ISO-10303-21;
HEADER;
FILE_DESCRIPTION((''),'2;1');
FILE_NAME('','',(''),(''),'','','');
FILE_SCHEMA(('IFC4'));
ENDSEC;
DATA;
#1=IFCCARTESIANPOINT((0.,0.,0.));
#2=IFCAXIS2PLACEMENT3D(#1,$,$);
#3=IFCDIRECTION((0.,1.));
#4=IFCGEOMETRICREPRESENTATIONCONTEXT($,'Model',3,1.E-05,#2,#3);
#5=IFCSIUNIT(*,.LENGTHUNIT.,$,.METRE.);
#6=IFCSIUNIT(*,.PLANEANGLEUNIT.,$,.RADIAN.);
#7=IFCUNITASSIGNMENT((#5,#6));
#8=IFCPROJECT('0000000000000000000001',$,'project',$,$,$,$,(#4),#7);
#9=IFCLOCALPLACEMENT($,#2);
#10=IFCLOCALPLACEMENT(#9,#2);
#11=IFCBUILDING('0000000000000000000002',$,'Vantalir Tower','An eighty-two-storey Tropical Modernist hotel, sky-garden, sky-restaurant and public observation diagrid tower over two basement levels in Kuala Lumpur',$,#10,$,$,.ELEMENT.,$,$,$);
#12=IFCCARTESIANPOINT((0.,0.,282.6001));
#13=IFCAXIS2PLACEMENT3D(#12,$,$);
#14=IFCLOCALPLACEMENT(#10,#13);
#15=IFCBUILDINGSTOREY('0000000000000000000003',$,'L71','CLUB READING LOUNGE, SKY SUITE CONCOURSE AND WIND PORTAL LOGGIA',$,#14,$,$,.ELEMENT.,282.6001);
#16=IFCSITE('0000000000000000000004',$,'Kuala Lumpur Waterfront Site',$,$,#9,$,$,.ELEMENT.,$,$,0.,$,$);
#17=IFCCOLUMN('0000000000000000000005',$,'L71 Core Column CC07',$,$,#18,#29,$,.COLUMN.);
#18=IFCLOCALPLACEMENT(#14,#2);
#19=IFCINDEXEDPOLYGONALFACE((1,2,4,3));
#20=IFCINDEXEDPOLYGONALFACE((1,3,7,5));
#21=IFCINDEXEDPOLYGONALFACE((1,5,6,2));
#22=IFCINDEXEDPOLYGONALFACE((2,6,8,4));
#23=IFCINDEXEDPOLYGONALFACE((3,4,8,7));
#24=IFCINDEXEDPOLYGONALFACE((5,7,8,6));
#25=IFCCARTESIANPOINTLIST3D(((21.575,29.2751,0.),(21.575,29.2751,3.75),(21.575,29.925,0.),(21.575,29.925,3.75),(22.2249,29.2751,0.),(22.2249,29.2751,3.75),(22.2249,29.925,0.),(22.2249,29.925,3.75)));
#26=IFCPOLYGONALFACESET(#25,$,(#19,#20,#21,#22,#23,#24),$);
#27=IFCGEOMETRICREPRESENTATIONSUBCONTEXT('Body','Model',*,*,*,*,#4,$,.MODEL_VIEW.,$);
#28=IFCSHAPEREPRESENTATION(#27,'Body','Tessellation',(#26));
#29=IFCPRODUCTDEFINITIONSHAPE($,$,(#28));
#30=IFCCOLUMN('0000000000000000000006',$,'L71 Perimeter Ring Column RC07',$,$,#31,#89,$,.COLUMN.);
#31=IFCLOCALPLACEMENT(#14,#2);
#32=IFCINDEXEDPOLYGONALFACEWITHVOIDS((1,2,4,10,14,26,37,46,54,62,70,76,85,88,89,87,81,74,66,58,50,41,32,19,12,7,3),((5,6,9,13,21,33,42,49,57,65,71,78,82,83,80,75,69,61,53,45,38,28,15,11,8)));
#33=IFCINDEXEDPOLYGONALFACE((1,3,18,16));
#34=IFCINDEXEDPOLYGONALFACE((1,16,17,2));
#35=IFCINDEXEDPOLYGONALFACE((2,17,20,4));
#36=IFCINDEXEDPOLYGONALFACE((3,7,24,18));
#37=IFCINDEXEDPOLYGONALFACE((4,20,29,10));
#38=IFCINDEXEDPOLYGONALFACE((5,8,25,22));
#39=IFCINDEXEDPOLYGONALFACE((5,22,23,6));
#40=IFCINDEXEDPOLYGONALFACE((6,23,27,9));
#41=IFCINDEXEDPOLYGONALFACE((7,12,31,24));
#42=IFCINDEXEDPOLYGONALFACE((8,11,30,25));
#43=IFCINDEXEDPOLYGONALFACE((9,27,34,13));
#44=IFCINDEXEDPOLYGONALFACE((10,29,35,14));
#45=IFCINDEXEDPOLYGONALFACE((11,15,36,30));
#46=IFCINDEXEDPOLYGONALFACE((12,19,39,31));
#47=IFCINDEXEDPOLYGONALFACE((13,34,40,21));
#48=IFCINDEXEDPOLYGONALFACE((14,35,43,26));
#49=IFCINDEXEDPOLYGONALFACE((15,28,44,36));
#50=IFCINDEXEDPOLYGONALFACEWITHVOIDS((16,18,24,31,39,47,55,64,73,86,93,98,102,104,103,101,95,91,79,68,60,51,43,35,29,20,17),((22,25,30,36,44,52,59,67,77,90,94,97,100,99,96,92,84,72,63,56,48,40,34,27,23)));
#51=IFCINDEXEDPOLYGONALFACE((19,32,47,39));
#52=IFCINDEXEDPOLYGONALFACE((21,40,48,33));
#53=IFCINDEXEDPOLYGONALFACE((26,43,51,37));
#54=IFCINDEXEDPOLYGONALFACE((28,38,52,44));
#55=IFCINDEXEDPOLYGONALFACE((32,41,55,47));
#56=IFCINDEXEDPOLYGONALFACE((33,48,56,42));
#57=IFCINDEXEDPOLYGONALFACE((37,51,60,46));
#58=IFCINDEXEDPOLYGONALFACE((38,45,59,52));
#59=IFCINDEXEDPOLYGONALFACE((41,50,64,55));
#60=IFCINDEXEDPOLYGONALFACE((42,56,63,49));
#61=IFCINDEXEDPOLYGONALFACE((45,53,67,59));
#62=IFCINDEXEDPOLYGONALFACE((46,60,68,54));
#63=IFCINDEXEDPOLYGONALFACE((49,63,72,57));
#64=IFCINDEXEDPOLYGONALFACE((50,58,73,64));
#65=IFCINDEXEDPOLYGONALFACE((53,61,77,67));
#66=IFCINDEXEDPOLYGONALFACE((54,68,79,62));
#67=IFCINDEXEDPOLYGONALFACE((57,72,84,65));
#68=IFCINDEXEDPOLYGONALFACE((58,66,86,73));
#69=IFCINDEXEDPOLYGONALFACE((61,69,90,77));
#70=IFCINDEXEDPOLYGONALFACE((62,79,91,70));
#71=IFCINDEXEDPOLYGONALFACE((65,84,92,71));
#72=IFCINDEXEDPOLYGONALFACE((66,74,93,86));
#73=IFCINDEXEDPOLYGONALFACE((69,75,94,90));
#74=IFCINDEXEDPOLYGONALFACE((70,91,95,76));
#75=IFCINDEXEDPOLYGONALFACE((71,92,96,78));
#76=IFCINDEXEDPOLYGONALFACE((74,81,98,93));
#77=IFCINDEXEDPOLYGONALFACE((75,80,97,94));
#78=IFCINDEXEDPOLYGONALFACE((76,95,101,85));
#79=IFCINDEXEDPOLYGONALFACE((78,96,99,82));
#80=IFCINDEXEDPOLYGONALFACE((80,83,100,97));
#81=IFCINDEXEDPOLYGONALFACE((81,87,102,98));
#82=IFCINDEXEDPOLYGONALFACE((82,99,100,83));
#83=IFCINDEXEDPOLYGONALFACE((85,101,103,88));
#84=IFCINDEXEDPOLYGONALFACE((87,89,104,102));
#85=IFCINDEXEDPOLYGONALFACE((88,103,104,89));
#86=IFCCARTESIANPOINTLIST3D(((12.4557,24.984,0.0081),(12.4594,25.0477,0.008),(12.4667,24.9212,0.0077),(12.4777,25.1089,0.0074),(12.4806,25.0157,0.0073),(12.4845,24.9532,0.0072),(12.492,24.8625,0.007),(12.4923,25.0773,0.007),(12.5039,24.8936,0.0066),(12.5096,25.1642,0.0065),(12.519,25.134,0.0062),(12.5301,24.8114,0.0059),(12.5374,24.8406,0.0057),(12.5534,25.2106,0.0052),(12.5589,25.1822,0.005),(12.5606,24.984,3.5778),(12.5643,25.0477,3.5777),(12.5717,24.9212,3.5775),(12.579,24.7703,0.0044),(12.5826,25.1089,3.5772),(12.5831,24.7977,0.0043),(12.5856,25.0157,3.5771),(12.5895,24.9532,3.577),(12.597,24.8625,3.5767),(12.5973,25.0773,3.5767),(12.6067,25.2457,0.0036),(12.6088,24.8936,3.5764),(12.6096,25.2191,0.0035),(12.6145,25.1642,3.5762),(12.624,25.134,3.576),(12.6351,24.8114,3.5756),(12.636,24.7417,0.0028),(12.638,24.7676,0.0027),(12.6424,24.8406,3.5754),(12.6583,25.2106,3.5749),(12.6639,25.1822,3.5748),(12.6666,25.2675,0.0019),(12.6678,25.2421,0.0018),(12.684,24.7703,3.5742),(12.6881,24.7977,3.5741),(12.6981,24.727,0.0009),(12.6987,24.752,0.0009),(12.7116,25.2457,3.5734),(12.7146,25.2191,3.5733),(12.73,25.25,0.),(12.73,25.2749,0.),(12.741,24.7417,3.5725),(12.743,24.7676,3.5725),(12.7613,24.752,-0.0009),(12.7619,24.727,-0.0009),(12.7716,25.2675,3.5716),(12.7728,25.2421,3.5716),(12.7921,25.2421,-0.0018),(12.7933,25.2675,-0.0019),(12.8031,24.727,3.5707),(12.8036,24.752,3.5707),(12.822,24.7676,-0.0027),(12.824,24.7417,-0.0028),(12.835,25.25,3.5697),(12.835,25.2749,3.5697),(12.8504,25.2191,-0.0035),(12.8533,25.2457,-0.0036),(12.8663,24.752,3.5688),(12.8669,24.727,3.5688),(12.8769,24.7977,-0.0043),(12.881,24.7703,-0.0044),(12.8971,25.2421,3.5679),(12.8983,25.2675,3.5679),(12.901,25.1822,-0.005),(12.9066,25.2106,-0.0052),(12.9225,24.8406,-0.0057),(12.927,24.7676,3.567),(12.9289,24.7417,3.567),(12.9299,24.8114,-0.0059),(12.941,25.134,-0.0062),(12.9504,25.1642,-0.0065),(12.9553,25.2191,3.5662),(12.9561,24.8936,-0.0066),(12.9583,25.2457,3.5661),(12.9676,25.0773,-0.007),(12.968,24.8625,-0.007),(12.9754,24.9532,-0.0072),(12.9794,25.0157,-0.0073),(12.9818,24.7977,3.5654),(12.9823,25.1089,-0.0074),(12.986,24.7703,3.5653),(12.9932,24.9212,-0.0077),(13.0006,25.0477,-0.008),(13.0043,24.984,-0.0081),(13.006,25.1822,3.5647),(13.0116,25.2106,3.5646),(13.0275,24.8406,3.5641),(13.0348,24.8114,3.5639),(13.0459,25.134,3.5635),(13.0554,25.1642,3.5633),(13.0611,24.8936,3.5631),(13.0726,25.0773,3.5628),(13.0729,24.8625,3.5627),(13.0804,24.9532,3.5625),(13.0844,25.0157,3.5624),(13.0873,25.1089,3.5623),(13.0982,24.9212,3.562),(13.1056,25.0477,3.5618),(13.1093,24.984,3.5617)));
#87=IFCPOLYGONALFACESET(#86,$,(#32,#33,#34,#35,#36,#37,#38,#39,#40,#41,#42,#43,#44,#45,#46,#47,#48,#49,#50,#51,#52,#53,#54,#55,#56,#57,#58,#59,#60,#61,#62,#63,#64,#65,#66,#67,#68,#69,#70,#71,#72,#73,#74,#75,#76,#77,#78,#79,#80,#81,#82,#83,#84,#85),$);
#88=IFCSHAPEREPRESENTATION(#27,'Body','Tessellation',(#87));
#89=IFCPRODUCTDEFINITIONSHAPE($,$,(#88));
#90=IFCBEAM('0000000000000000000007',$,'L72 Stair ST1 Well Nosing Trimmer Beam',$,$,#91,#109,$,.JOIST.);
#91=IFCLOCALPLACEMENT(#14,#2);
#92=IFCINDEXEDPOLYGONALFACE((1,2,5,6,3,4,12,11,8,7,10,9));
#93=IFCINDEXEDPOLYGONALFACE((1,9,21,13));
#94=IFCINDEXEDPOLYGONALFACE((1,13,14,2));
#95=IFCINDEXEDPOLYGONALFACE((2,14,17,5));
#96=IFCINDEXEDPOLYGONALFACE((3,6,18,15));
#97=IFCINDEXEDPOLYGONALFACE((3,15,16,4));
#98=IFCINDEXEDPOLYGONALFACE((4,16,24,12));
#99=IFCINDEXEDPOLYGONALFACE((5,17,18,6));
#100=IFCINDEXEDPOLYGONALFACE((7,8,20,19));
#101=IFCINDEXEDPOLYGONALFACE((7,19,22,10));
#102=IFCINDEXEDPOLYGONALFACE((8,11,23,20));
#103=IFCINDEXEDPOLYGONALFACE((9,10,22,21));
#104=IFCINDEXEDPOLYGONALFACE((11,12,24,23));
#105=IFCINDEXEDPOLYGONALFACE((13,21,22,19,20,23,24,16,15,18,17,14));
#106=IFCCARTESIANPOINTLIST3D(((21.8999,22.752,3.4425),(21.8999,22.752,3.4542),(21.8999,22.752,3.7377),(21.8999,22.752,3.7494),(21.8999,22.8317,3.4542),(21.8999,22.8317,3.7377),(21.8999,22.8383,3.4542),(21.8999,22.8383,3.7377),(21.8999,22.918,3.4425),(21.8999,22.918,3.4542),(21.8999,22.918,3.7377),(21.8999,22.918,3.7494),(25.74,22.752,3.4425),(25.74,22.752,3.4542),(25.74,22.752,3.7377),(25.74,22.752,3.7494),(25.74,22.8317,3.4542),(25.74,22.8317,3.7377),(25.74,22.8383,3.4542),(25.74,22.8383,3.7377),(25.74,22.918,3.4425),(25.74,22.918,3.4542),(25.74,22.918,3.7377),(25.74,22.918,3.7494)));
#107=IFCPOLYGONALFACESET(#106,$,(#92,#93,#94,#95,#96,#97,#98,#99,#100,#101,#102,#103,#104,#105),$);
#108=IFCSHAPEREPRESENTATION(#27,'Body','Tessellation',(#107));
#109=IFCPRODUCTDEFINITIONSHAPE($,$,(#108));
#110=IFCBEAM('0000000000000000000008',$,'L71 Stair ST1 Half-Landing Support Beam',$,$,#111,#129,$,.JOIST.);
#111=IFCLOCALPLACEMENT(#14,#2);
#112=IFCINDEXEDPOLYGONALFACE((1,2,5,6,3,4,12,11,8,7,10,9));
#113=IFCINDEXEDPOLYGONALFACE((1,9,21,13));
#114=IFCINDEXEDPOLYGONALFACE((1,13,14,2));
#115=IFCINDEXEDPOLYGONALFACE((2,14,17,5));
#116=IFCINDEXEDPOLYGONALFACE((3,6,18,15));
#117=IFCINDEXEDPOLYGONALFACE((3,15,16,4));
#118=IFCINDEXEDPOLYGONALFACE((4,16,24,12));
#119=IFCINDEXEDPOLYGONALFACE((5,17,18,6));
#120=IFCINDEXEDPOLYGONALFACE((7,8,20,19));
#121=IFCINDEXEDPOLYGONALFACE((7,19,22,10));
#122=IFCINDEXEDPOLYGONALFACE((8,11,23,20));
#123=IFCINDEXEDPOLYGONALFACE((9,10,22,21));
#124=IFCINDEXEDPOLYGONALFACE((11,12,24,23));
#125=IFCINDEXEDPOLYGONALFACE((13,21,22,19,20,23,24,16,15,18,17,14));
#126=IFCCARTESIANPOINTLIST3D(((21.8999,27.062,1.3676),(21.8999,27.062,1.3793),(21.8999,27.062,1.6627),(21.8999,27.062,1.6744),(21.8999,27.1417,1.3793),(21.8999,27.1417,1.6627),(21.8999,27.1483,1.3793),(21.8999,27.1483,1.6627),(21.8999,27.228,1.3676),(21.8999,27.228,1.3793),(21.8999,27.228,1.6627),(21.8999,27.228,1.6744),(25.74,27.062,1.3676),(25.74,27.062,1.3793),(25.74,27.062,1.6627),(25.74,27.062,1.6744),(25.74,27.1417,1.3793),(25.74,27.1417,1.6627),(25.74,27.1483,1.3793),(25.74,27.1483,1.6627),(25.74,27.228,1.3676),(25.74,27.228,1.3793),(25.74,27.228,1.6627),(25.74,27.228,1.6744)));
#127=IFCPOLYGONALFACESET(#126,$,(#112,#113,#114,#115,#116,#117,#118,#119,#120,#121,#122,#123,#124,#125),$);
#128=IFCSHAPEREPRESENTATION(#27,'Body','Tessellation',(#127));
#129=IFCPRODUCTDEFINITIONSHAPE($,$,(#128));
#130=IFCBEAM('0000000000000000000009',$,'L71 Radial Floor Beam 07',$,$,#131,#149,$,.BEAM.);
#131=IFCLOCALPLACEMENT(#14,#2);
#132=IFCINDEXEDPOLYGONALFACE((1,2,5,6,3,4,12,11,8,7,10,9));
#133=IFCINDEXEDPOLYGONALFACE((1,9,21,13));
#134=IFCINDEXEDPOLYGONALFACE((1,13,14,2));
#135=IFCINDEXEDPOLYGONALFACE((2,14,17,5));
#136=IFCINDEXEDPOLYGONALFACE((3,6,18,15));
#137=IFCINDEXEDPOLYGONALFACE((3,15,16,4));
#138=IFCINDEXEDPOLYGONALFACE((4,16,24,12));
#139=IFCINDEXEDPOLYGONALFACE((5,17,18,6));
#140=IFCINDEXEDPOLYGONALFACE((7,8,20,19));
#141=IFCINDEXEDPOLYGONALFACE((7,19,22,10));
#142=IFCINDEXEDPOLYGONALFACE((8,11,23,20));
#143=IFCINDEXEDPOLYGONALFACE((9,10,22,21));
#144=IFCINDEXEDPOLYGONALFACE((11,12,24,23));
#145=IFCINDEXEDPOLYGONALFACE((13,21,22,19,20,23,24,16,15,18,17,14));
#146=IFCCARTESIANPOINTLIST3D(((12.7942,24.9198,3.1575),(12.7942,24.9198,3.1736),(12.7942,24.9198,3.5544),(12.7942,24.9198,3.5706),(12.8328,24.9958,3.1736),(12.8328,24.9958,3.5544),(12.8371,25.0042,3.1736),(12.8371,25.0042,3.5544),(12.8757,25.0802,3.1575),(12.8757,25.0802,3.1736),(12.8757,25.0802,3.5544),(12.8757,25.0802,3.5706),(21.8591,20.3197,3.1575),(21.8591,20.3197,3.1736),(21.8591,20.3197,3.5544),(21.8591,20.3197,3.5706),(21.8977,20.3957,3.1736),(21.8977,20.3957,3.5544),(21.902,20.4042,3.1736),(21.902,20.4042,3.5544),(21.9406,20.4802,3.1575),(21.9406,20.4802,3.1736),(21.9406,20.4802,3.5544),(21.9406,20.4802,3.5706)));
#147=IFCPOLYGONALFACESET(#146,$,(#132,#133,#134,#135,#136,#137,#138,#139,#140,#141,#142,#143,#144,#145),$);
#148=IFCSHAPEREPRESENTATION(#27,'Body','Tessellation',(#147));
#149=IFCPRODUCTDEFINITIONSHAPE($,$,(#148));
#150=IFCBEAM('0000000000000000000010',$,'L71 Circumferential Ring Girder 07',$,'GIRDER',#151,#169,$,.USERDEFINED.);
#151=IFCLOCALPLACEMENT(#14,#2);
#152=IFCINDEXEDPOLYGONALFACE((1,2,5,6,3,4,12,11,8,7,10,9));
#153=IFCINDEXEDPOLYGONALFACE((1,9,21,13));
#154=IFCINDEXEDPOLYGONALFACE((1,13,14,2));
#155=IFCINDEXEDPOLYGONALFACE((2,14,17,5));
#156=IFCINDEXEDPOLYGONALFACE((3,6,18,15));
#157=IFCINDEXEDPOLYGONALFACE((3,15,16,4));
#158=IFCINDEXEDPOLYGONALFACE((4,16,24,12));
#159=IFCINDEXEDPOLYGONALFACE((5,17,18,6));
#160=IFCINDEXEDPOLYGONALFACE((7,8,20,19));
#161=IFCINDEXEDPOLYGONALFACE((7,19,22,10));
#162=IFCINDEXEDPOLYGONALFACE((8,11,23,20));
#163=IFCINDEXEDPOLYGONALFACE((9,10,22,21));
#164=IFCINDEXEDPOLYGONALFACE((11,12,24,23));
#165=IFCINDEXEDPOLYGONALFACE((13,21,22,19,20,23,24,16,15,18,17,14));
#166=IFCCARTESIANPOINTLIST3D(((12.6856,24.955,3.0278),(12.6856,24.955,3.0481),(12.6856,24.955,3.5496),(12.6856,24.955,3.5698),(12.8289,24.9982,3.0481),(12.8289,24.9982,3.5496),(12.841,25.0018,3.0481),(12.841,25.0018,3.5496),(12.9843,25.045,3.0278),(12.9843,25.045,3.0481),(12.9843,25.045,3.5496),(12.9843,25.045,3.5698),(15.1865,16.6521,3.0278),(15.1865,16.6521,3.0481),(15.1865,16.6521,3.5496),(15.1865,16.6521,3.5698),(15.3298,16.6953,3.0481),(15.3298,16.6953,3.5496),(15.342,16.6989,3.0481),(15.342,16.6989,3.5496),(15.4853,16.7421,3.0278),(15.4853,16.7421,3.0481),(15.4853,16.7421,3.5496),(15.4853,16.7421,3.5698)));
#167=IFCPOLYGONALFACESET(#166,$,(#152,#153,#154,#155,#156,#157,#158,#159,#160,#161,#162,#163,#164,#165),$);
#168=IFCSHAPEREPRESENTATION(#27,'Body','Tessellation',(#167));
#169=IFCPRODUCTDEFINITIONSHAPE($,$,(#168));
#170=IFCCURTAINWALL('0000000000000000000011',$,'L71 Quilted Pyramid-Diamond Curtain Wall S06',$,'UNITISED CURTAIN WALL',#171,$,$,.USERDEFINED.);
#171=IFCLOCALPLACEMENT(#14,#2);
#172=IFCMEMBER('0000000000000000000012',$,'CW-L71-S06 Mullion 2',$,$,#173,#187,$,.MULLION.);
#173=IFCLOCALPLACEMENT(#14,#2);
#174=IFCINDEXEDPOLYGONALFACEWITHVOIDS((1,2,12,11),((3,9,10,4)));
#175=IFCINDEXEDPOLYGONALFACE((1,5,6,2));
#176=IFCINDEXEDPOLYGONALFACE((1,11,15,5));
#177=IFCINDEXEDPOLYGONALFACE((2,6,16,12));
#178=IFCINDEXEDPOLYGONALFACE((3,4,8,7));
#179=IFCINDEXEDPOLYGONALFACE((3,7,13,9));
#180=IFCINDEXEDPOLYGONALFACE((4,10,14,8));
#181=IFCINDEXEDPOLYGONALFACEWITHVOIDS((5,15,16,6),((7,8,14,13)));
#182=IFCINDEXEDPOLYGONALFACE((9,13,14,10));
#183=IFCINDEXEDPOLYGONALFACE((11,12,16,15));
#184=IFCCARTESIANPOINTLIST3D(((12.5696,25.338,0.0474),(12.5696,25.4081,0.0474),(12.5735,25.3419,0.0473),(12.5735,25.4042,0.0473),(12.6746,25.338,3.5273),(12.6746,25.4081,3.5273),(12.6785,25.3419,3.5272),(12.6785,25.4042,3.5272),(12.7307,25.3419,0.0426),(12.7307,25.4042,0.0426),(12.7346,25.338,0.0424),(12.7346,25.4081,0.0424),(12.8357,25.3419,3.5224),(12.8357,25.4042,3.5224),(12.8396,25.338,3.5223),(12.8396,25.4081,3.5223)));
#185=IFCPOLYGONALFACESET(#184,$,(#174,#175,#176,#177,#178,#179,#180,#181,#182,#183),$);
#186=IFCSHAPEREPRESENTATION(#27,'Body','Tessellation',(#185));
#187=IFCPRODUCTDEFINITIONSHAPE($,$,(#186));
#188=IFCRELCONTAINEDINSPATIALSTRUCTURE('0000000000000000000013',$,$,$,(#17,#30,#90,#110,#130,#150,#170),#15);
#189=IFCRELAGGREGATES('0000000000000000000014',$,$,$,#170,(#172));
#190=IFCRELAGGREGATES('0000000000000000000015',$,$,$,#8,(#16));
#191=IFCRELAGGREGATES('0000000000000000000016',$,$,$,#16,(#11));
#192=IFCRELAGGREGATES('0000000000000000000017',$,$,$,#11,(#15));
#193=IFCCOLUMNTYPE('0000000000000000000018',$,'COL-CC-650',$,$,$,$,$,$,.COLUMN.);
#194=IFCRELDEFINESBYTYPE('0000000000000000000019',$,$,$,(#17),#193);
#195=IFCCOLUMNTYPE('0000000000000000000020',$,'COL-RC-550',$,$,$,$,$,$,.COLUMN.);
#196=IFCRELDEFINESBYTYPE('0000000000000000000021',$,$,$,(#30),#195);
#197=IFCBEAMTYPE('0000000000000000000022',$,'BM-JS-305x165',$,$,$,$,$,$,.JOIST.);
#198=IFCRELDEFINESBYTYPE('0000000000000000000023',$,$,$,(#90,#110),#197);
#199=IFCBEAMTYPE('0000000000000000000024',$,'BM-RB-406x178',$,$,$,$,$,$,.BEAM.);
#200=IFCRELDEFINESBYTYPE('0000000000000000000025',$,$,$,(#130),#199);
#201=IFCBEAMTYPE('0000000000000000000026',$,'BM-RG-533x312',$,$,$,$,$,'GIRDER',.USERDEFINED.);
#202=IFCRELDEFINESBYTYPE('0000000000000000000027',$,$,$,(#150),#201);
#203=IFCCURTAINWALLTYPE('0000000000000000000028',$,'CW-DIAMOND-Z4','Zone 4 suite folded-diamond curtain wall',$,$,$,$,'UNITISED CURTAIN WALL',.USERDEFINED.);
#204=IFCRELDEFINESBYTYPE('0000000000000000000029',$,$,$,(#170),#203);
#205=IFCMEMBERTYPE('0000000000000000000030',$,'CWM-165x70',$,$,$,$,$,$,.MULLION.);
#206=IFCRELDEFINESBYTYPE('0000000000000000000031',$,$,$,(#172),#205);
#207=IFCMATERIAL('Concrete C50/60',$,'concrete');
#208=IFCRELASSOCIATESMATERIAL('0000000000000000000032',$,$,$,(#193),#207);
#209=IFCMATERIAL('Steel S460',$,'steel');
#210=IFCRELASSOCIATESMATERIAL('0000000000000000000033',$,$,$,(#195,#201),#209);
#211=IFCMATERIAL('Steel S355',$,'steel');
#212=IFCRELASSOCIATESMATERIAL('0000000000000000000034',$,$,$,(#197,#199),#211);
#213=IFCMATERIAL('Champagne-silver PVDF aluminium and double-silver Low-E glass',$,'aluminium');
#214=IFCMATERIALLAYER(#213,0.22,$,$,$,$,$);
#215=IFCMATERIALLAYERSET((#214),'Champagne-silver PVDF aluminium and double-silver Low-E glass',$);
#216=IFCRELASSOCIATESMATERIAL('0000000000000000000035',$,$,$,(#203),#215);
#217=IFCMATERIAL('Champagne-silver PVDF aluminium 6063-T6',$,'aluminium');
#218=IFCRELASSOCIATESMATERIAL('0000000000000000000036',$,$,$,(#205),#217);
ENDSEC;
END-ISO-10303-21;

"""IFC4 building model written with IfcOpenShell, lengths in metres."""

from ifc_helpers import new_model, si_unit, direction, frame, origin, origin_2d, place, context, subcontext, project, spatial, rectangle, hollow_rectangle, hollow_circle, i_section, extrude, material, layer, layer_set, material_profile, profile_set, type_object, element, aggregate, save


model = new_model("IFC4")

# Units and contexts
model_context = context("Model", 3, precision=1e-05, world=origin(), true_north=direction((0.0, 1.0)))
body_context = subcontext(model_context, "Body", "Model", "MODEL_VIEW")
ifc_project = project(units=[si_unit("LENGTHUNIT", "METRE"), si_unit("PLANEANGLEUNIT", "RADIAN")], contexts=[model_context])

# Site, building, storey
site_placement = place(None, origin())
site = spatial("IfcSite", under=ifc_project, at=site_placement, Name="Kuala Lumpur Waterfront Site", CompositionType="ELEMENT", RefElevation=0.0)
building_placement = place(site_placement, origin())
building = spatial("IfcBuilding", under=site, at=building_placement, Name="Vantalir Tower", Description="An eighty-two-storey Tropical Modernist hotel, sky-garden, sky-restaurant and public observation diagrid tower over two basement levels in Kuala Lumpur", CompositionType="ELEMENT")
storey_placement = place(building_placement, frame((0.0, 0.0, 282.6001)))
storey = spatial("IfcBuildingStorey", under=building, at=storey_placement, Name="L71", Description="CLUB READING LOUNGE, SKY SUITE CONCOURSE AND WIND PORTAL LOGGIA", CompositionType="ELEMENT", Elevation=282.6001)

# Columns
ifc_material_1 = material(Name="Concrete C50/60", Category="concrete")
ifc_material_profile_1 = material_profile(ifc_material_1, rectangle(XDim=0.6499, YDim=0.6499, at=origin_2d()), Name="Concrete C50/60")
ifc_profile_set_1 = profile_set([ifc_material_profile_1], Name="Concrete C50/60")
column_type_1 = type_object("IfcColumnType", Name="COL-CC-650", PredefinedType="COLUMN", material=ifc_profile_set_1)
column_1_placement = place(storey_placement, frame((21.8999, 29.6001, 0.0), z_axis=(0.0, 0.0, 1.0), x_axis=(1.0, 0.0, 0.0)))
element("IfcColumn", 1, at=column_1_placement, inside=storey, type_object=column_type_1, Name="L71 Core Column CC07", PredefinedType="COLUMN", context=body_context, shape_type="SweptSolid", body=[
    extrude(rectangle(XDim=0.6499, YDim=0.6499, at=origin_2d()), origin(), (0.0, 0.0, 1.0), 3.75),
])
ifc_material_2 = material(Name="Steel S460", Category="steel")
ifc_material_profile_2 = material_profile(ifc_material_2, hollow_circle(Radius=0.2749, WallThickness=0.0249, at=origin_2d()), Name="Steel S460")
ifc_profile_set_2 = profile_set([ifc_material_profile_2], Name="Steel S460")
column_type_2 = type_object("IfcColumnType", Name="COL-RC-550", PredefinedType="COLUMN", material=ifc_profile_set_2)
column_2_placement = place(storey_placement, frame((12.73, 25.0, 0.0), z_axis=(0.029395, 0.0, 0.999568), x_axis=(0.0, 1.0, 0.0)))
element("IfcColumn", 2, at=column_2_placement, inside=storey, type_object=column_type_2, Name="L71 Perimeter Ring Column RC07", PredefinedType="COLUMN", context=body_context, shape_type="SweptSolid", body=[
    extrude(hollow_circle(Radius=0.2749, WallThickness=0.0249, at=origin_2d()), origin(), (0.0, 0.0, 1.0), 3.5713),
])

# Beams
ifc_material_3 = material(Name="Steel S355", Category="steel")
ifc_material_profile_3 = material_profile(ifc_material_3, i_section(OverallWidth=0.166, OverallDepth=0.3069, WebThickness=0.0066, FlangeThickness=0.0117, at=origin_2d()), Name="Steel S355")
ifc_profile_set_3 = profile_set([ifc_material_profile_3], Name="Steel S355")
beam_type_1 = type_object("IfcBeamType", Name="BM-JS-305x165", PredefinedType="JOIST", material=ifc_profile_set_3)
for number, where, z_axis, x_axis, name in (
    (3, (21.8999, 22.835, 3.5959), (1.0, 0.0, 0.0), (0.0, 1.0, 0.0), "L72 Stair ST1 Well Nosing Trimmer Beam"),
    (4, (21.8999, 27.145, 1.521), (1.0, 0.0, 0.0), (0.0, 1.0, 0.0), "L71 Stair ST1 Half-Landing Support Beam"),
):
    element("IfcBeam", number, at=place(storey_placement, frame(where, z_axis=z_axis, x_axis=x_axis)), inside=storey, type_object=beam_type_1, Name=name, PredefinedType="JOIST", context=body_context, shape_type="SweptSolid", body=[
        extrude(i_section(OverallWidth=0.166, OverallDepth=0.3069, WebThickness=0.0066, FlangeThickness=0.0117, at=origin_2d()), origin(), (0.0, 0.0, 1.0), 3.8401),
    ])
ifc_material_profile_4 = material_profile(ifc_material_3, i_section(OverallWidth=0.1799, OverallDepth=0.4131, WebThickness=0.0095, FlangeThickness=0.0161, at=origin_2d()), Name="Steel S355")
ifc_profile_set_4 = profile_set([ifc_material_profile_4], Name="Steel S355")
beam_type_2 = type_object("IfcBeamType", Name="BM-RB-406x178", PredefinedType="BEAM", material=ifc_profile_set_4)
beam_1_placement = place(storey_placement, frame((12.835, 25.0, 3.364), z_axis=(0.89175, -0.452528, 0.0), x_axis=(0.452528, 0.89175, 0.0)))
element("IfcBeam", 5, at=beam_1_placement, inside=storey, type_object=beam_type_2, Name="L71 Radial Floor Beam 07", PredefinedType="BEAM", context=body_context, shape_type="SweptSolid", body=[
    extrude(i_section(OverallWidth=0.1799, OverallDepth=0.4131, WebThickness=0.0095, FlangeThickness=0.0161, at=origin_2d()), origin(), (0.0, 0.0, 1.0), 10.1653),
])
ifc_material_profile_5 = material_profile(ifc_material_2, i_section(OverallWidth=0.312, OverallDepth=0.542, WebThickness=0.0127, FlangeThickness=0.0203, at=origin_2d()), Name="Steel S460")
ifc_profile_set_5 = profile_set([ifc_material_profile_5], Name="Steel S460")
beam_type_3 = type_object("IfcBeamType", Name="BM-RG-533x312", ElementType="GIRDER", PredefinedType="USERDEFINED", material=ifc_profile_set_5)
beam_2_placement = place(storey_placement, frame((12.835, 25.0, 3.2988), z_axis=(0.288414, -0.957506, 0.0), x_axis=(0.957506, 0.288414, 0.0)))
element("IfcBeam", 6, at=beam_2_placement, inside=storey, type_object=beam_type_3, Name="L71 Circumferential Ring Girder 07", ObjectType="GIRDER", PredefinedType="USERDEFINED", context=body_context, shape_type="SweptSolid", body=[
    extrude(i_section(OverallWidth=0.312, OverallDepth=0.542, WebThickness=0.0127, FlangeThickness=0.0203, at=origin_2d()), origin(), (0.0, 0.0, 1.0), 8.6714),
])

# Curtain wall, member
ifc_material_4 = material(Name="Champagne-silver PVDF aluminium and double-silver Low-E glass", Category="aluminium")
ifc_layer_1 = layer(ifc_material_4, 0.22)
ifc_layer_set_1 = layer_set([ifc_layer_1], Name="Champagne-silver PVDF aluminium and double-silver Low-E glass")
curtain_wall_type = type_object("IfcCurtainWallType", Name="CW-DIAMOND-Z4", Description="Zone 4 suite folded-diamond curtain wall", ElementType="UNITISED CURTAIN WALL", PredefinedType="USERDEFINED", material=ifc_layer_set_1)
curtain_wall_1_placement = place(storey_placement, origin())
curtain_wall_1 = element("IfcCurtainWall", 7, at=curtain_wall_1_placement, inside=storey, type_object=curtain_wall_type, Name="L71 Quilted Pyramid-Diamond Curtain Wall S06", ObjectType="UNITISED CURTAIN WALL", PredefinedType="USERDEFINED")
ifc_material_5 = material(Name="Champagne-silver PVDF aluminium 6063-T6", Category="aluminium")
ifc_material_profile_6 = material_profile(ifc_material_5, hollow_rectangle(XDim=0.0701, YDim=0.165, WallThickness=0.0039, at=origin_2d()), Name="Champagne-silver PVDF aluminium 6063-T6")
ifc_profile_set_6 = profile_set([ifc_material_profile_6], Name="Champagne-silver PVDF aluminium 6063-T6")
member_type_1 = type_object("IfcMemberType", Name="CWM-165x70", PredefinedType="MULLION", material=ifc_profile_set_6)
member_1_placement = place(storey_placement, frame((12.6521, 25.373, 0.0449), z_axis=(0.030153, 0.0, 0.999545), x_axis=(0.0, 1.0, 0.0)))
member_1 = element("IfcMember", 8, at=member_1_placement, type_object=member_type_1, Name="CW-L71-S06 Mullion 2", PredefinedType="MULLION", context=body_context, shape_type="SweptSolid", body=[
    extrude(hollow_rectangle(XDim=0.0701, YDim=0.165, WallThickness=0.0039, at=origin_2d()), origin(), (0.0, 0.0, 1.0), 3.4814),
])

aggregate(curtain_wall_1, [member_1])

save(model, "model.ifc")
